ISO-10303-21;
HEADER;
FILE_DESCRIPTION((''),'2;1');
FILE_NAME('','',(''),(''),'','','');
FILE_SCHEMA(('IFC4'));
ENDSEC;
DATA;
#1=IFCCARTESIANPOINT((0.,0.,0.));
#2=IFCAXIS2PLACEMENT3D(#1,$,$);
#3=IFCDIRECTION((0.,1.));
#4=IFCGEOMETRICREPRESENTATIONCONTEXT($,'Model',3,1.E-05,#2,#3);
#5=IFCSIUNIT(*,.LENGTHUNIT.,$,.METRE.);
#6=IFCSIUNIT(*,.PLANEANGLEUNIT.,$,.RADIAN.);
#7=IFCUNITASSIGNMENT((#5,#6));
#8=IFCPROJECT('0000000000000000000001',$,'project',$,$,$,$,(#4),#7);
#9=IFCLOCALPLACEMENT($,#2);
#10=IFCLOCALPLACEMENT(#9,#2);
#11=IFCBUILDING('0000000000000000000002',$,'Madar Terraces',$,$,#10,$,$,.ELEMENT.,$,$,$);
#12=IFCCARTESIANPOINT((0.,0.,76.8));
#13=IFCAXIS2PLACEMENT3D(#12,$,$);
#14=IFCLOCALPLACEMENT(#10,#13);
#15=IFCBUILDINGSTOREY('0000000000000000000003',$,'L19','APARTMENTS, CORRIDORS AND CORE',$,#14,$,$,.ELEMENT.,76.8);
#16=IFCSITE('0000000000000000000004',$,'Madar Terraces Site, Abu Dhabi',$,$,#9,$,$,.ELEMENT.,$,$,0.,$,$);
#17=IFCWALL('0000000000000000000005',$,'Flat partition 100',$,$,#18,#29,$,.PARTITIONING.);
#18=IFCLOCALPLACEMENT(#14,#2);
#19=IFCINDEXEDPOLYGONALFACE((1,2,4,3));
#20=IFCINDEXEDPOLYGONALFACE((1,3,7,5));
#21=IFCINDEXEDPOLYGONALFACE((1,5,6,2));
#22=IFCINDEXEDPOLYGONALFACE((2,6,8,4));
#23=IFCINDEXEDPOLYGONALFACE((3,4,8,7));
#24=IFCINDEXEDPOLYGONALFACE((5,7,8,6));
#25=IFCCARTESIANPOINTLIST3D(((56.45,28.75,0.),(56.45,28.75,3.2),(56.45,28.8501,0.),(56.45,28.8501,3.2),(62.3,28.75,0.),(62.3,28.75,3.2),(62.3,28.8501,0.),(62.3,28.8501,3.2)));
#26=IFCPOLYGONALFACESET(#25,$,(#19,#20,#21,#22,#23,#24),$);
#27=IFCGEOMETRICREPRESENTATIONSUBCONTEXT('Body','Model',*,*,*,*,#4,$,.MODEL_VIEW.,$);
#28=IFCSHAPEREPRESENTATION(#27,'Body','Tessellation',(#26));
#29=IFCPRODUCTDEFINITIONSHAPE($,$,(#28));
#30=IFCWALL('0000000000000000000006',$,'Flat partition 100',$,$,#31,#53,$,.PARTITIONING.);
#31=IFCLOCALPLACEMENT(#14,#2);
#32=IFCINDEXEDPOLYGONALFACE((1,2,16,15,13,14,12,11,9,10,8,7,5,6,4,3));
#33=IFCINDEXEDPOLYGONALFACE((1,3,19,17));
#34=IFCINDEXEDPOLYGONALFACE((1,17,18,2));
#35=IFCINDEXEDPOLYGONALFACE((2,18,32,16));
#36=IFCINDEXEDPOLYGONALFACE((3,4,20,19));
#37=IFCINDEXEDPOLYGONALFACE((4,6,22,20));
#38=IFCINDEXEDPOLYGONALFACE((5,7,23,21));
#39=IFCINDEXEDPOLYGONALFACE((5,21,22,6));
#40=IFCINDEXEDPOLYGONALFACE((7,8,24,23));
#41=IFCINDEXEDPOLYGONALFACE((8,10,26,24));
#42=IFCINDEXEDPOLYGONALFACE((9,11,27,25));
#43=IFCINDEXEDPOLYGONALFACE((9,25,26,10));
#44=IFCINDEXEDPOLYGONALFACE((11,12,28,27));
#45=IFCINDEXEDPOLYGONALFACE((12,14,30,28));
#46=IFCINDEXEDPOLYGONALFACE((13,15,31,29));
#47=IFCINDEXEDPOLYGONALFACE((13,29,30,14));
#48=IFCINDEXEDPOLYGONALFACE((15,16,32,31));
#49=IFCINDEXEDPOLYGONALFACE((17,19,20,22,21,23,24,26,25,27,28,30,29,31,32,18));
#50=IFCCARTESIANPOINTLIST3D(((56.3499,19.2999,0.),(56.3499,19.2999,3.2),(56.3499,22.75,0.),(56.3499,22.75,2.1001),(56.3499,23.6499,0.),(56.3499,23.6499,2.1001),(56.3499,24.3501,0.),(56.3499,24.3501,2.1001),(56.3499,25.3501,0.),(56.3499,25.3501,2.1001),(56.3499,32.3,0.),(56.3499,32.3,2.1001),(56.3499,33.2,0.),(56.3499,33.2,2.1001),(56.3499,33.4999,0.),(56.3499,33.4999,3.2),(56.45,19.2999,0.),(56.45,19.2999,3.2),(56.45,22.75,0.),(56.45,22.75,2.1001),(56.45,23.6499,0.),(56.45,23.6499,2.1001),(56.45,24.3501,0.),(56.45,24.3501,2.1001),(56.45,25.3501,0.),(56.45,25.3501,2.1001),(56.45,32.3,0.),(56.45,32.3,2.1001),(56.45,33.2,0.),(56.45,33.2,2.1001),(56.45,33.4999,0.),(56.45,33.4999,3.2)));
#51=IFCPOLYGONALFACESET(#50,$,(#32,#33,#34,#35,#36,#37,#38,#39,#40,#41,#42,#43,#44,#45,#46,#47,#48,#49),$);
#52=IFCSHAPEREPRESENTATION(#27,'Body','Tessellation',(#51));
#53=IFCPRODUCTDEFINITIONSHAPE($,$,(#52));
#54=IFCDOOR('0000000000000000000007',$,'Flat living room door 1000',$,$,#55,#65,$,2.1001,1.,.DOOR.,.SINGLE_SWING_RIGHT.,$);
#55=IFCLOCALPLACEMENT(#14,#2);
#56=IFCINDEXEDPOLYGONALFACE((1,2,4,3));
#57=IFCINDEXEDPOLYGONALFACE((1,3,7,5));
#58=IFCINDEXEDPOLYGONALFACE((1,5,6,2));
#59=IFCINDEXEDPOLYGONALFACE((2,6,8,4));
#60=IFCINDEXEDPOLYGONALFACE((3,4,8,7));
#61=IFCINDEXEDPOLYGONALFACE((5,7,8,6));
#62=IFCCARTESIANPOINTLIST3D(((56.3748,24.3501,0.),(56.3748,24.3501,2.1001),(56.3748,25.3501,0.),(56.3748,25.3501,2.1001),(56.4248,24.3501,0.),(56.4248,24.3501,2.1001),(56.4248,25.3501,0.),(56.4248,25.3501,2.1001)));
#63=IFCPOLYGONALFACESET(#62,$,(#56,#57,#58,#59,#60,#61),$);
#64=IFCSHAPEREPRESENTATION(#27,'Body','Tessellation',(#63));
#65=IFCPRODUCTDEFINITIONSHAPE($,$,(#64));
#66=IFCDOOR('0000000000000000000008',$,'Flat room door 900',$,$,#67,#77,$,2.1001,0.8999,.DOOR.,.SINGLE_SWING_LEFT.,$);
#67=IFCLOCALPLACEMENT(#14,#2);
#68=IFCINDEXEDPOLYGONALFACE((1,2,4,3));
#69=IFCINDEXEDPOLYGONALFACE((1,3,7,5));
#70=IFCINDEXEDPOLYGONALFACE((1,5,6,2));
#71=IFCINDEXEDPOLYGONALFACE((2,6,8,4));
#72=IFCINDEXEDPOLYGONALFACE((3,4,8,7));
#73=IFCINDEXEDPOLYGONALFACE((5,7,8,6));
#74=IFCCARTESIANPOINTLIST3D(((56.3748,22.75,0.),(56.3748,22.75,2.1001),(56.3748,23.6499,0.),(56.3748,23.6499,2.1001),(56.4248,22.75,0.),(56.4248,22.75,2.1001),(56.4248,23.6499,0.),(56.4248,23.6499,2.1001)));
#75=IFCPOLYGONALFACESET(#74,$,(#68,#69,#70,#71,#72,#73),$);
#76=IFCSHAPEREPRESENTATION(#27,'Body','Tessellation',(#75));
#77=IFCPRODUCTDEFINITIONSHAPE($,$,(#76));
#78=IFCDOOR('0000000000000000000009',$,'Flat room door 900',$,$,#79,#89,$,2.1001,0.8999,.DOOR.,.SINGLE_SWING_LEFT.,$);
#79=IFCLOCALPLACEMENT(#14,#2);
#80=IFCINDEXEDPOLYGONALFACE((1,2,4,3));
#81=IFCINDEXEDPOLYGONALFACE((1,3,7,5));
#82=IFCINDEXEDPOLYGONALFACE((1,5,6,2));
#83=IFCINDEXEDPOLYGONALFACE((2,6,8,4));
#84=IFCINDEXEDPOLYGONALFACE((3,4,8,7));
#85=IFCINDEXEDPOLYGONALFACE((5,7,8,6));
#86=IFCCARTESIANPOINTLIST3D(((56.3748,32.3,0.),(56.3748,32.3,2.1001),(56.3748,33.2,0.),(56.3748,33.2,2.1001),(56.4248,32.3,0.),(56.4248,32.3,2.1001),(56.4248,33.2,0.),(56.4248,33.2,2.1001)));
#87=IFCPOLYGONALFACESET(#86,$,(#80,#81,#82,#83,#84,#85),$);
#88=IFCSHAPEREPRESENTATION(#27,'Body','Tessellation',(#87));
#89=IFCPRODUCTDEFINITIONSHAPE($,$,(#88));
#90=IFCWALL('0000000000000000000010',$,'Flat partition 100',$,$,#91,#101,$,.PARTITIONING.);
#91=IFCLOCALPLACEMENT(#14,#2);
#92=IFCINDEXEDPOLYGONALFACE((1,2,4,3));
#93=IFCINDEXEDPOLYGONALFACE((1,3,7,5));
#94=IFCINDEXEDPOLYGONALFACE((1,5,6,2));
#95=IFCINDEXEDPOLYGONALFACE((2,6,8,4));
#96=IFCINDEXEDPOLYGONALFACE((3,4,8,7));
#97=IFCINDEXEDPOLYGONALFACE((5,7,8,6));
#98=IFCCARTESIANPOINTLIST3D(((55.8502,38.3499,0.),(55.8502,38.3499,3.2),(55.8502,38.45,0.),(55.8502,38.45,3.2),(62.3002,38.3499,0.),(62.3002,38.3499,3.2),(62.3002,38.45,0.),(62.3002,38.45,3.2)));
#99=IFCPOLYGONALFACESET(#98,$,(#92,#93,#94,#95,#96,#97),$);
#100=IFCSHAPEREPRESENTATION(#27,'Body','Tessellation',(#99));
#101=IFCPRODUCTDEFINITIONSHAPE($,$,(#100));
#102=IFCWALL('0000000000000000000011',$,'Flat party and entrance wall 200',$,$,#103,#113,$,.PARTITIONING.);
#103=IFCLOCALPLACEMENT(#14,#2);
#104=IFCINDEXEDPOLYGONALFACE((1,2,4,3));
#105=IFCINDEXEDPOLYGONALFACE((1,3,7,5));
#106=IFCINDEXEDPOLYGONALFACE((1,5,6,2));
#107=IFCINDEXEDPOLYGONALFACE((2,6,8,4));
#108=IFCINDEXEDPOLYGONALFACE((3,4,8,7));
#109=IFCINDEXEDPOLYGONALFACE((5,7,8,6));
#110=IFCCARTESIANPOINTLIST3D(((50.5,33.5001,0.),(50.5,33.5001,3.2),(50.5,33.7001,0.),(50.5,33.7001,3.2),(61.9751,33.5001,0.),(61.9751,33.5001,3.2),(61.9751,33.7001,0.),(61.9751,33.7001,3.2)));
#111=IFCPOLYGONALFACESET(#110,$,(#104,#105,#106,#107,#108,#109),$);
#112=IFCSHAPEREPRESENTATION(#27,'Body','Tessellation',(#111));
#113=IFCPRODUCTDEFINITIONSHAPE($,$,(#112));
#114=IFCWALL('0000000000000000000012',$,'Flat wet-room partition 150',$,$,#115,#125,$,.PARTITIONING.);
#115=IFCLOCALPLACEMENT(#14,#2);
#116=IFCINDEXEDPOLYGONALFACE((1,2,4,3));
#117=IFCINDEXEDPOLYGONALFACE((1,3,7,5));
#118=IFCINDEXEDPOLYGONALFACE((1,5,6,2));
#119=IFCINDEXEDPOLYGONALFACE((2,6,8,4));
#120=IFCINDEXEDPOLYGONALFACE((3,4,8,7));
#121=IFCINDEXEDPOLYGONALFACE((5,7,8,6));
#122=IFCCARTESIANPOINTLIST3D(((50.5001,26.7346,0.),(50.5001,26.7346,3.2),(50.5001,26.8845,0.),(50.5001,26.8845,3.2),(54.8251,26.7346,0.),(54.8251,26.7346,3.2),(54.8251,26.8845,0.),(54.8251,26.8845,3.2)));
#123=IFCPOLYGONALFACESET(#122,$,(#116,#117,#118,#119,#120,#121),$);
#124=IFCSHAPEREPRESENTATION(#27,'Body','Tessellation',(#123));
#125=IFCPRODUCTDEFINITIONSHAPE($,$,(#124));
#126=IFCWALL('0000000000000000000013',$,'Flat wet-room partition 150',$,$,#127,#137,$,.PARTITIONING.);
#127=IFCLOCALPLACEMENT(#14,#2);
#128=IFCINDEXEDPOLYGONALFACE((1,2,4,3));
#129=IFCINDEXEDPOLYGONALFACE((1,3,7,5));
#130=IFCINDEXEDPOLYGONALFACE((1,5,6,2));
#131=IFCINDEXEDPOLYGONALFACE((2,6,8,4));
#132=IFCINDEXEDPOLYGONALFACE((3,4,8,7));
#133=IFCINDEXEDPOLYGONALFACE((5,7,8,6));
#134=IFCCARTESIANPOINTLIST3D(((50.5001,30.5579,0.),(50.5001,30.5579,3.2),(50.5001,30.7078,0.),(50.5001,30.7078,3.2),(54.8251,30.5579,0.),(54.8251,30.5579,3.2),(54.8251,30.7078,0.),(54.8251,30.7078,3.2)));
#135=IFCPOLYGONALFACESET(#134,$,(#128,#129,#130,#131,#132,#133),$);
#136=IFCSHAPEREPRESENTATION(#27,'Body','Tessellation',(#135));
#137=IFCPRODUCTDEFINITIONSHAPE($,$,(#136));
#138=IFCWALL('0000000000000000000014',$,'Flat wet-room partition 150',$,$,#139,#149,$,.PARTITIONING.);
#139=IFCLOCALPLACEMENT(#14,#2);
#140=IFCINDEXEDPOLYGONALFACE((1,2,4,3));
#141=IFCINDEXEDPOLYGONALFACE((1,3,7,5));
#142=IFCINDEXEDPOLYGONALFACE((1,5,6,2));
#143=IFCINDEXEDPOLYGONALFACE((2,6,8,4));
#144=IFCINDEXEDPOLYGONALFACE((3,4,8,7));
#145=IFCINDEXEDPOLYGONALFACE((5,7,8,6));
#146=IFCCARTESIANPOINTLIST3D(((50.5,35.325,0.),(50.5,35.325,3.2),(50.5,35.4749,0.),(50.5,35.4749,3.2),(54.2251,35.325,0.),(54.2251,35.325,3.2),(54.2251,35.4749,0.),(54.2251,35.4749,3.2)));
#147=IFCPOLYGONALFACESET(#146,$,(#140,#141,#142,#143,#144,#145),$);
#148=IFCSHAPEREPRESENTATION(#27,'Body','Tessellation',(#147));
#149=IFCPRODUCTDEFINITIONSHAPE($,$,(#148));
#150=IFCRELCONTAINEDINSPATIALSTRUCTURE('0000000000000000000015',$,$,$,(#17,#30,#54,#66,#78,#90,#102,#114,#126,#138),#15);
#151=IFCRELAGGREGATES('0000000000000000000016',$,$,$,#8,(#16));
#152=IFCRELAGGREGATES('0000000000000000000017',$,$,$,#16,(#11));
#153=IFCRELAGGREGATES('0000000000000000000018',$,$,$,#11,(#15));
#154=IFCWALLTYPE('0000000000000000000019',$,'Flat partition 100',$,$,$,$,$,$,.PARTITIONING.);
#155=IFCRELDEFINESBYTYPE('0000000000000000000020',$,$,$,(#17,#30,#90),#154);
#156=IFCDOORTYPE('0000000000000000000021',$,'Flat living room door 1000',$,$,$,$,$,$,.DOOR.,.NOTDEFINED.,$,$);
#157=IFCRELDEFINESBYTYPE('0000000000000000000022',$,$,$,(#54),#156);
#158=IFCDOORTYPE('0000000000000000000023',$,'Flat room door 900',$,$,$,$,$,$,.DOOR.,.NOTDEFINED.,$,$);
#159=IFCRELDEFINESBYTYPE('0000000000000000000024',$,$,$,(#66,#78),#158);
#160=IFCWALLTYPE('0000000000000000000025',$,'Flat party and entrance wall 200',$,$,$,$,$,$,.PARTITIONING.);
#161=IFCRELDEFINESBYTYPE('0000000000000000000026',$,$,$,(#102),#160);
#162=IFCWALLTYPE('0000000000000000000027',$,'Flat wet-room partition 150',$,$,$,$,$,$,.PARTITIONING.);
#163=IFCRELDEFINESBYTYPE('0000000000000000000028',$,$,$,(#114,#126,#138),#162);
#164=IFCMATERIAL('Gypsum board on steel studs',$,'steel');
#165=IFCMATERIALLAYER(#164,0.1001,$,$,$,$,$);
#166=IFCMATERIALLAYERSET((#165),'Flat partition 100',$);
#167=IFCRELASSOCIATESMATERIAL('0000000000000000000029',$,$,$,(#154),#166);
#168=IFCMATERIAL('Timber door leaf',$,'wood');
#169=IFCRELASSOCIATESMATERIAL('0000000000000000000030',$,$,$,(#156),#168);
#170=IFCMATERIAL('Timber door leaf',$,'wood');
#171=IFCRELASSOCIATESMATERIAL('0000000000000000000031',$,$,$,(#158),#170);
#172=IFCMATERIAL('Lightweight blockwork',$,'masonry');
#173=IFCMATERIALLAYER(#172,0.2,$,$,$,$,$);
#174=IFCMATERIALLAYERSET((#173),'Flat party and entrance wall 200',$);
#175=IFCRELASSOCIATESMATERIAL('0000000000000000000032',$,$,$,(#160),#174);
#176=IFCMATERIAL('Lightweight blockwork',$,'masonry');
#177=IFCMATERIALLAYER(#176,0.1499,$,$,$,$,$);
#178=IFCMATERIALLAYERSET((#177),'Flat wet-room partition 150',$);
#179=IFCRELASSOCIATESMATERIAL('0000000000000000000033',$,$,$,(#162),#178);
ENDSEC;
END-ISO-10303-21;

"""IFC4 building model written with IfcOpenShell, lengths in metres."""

from ifc_helpers import new_model, si_unit, direction, frame, frame_2d, origin, place, context, subcontext, project, spatial, rectangle, extrude, material, layer, layer_set, type_object, element, fill, save


model = new_model("IFC4")

# Units and contexts
model_context = context("Model", 3, precision=1e-05, world=origin(), true_north=direction((0.0, 1.0)))
body_context = subcontext(model_context, "Body", "Model", "MODEL_VIEW")
ifc_project = project(units=[si_unit("LENGTHUNIT", "METRE"), si_unit("PLANEANGLEUNIT", "RADIAN")], contexts=[model_context])

# Site, building, storey
site_placement = place(None, origin())
site = spatial("IfcSite", under=ifc_project, at=site_placement, Name="Madar Terraces Site, Abu Dhabi", CompositionType="ELEMENT", RefElevation=0.0)
building_placement = place(site_placement, origin())
building = spatial("IfcBuilding", under=site, at=building_placement, Name="Madar Terraces", CompositionType="ELEMENT")
storey_placement = place(building_placement, frame((0.0, 0.0, 76.8)))
storey = spatial("IfcBuildingStorey", under=building, at=storey_placement, Name="L19", Description="APARTMENTS, CORRIDORS AND CORE", CompositionType="ELEMENT", Elevation=76.8)

# Wall
ifc_material_1 = material(Name="Gypsum board on steel studs", Category="steel")
ifc_layer_1 = layer(ifc_material_1, 0.1001)
ifc_layer_set_1 = layer_set([ifc_layer_1], Name="Flat partition 100")
wall_type_1 = type_object("IfcWallType", Name="Flat partition 100", PredefinedType="PARTITIONING", material=ifc_layer_set_1)
wall_1_placement = place(storey_placement, frame((56.45, 28.8, 0.0), z_axis=(0.0, 0.0, 1.0), x_axis=(1.0, 0.0, 0.0)))
element("IfcWall", 1, at=wall_1_placement, inside=storey, type_object=wall_type_1, Name="Flat partition 100", PredefinedType="PARTITIONING", context=body_context, shape_type="SweptSolid", body=[
    extrude(rectangle(XDim=5.8501, YDim=0.1001, at=frame_2d((2.925, 0.0))), origin(), (0.0, 0.0, 1.0), 3.2),
])

# Wall, openings, doors
wall_2_placement = place(storey_placement, frame((56.3999, 33.5, 0.0), z_axis=(0.0, 0.0, 1.0), x_axis=(0.0, -1.0, 0.0)))
wall_2 = element("IfcWall", 2, at=wall_2_placement, inside=storey, type_object=wall_type_1, Name="Flat partition 100", PredefinedType="PARTITIONING", context=body_context, shape_type="SweptSolid", body=[
    extrude(rectangle(XDim=14.2, YDim=0.1001, at=frame_2d((7.1001, 0.0))), origin(), (0.0, 0.0, 1.0), 3.2),
])
opening_1_placement = place(wall_2_placement, frame((9.8501, 0.0, 0.0)))
opening_1 = element("IfcOpeningElement", 3, at=opening_1_placement, cuts=wall_2, PredefinedType="OPENING", context=body_context, shape_type="SweptSolid", body=[
    extrude(rectangle(XDim=0.8999, YDim=2.1001, at=frame_2d((0.45, 1.05))), frame((0.0, 0.0601, 0.0), z_axis=(0.0, -1.0, 0.0), x_axis=(1.0, 0.0, 0.0)), (0.0, 0.0, 1.0), 0.1201),
])
opening_2_placement = place(wall_2_placement, frame((8.1499, 0.0, 0.0)))
opening_2 = element("IfcOpeningElement", 4, at=opening_2_placement, cuts=wall_2, PredefinedType="OPENING", context=body_context, shape_type="SweptSolid", body=[
    extrude(rectangle(XDim=1.0, YDim=2.1001, at=frame_2d((0.5, 1.05))), frame((0.0, 0.0601, 0.0), z_axis=(0.0, -1.0, 0.0), x_axis=(1.0, 0.0, 0.0)), (0.0, 0.0, 1.0), 0.1201),
])
opening_3_placement = place(wall_2_placement, frame((0.3, 0.0, 0.0)))
opening_3 = element("IfcOpeningElement", 5, at=opening_3_placement, cuts=wall_2, PredefinedType="OPENING", context=body_context, shape_type="SweptSolid", body=[
    extrude(rectangle(XDim=0.8999, YDim=2.1001, at=frame_2d((0.45, 1.05))), frame((0.0, 0.0601, 0.0), z_axis=(0.0, -1.0, 0.0), x_axis=(1.0, 0.0, 0.0)), (0.0, 0.0, 1.0), 0.1201),
])
ifc_material_2 = material(Name="Timber door leaf", Category="wood")
door_type_1 = type_object("IfcDoorType", Name="Flat living room door 1000", OperationType="NOTDEFINED", PredefinedType="DOOR", material=ifc_material_2)
door_1_placement = place(opening_2_placement, origin())
door_1 = element("IfcDoor", 6, at=door_1_placement, inside=storey, type_object=door_type_1, Name="Flat living room door 1000", OperationType="SINGLE_SWING_RIGHT", OverallHeight=2.1001, OverallWidth=1.0, PredefinedType="DOOR", context=body_context, shape_type="SweptSolid", body=[
    extrude(rectangle(XDim=1.0, YDim=2.1001, at=frame_2d((0.5, 1.05))), frame((0.0, 0.0249, 0.0), z_axis=(0.0, -1.0, 0.0), x_axis=(1.0, 0.0, 0.0)), (0.0, 0.0, 1.0), 0.05),
])
fill(opening_2, door_1)
ifc_material_3 = material(Name="Timber door leaf", Category="wood")
door_type_2 = type_object("IfcDoorType", Name="Flat room door 900", OperationType="NOTDEFINED", PredefinedType="DOOR", material=ifc_material_3)
door_2_placement = place(opening_1_placement, origin())
door_2 = element("IfcDoor", 7, at=door_2_placement, inside=storey, type_object=door_type_2, Name="Flat room door 900", OperationType="SINGLE_SWING_LEFT", OverallHeight=2.1001, OverallWidth=0.8999, PredefinedType="DOOR", context=body_context, shape_type="SweptSolid", body=[
    extrude(rectangle(XDim=0.8999, YDim=2.1001, at=frame_2d((0.45, 1.05))), frame((0.0, 0.0249, 0.0), z_axis=(0.0, -1.0, 0.0), x_axis=(1.0, 0.0, 0.0)), (0.0, 0.0, 1.0), 0.05),
])
fill(opening_1, door_2)
door_3_placement = place(opening_3_placement, origin())
door_3 = element("IfcDoor", 8, at=door_3_placement, inside=storey, type_object=door_type_2, Name="Flat room door 900", OperationType="SINGLE_SWING_LEFT", OverallHeight=2.1001, OverallWidth=0.8999, PredefinedType="DOOR", context=body_context, shape_type="SweptSolid", body=[
    extrude(rectangle(XDim=0.8999, YDim=2.1001, at=frame_2d((0.45, 1.05))), frame((0.0, 0.0249, 0.0), z_axis=(0.0, -1.0, 0.0), x_axis=(1.0, 0.0, 0.0)), (0.0, 0.0, 1.0), 0.05),
])
fill(opening_3, door_3)

# Walls
wall_3_placement = place(storey_placement, frame((55.8501, 38.3999, 0.0), z_axis=(0.0, 0.0, 1.0), x_axis=(1.0, 0.0, 0.0)))
element("IfcWall", 9, at=wall_3_placement, inside=storey, type_object=wall_type_1, Name="Flat partition 100", PredefinedType="PARTITIONING", context=body_context, shape_type="SweptSolid", body=[
    extrude(rectangle(XDim=6.45, YDim=0.1001, at=frame_2d((3.2251, 0.0))), origin(), (0.0, 0.0, 1.0), 3.2),
])
ifc_material_4 = material(Name="Lightweight blockwork", Category="masonry")
ifc_layer_2 = layer(ifc_material_4, 0.2)
ifc_layer_set_2 = layer_set([ifc_layer_2], Name="Flat party and entrance wall 200")
wall_type_2 = type_object("IfcWallType", Name="Flat party and entrance wall 200", PredefinedType="PARTITIONING", material=ifc_layer_set_2)
wall_4_placement = place(storey_placement, frame((50.5, 33.6001, 0.0), z_axis=(0.0, 0.0, 1.0), x_axis=(1.0, 0.0, 0.0)))
element("IfcWall", 10, at=wall_4_placement, inside=storey, type_object=wall_type_2, Name="Flat party and entrance wall 200", PredefinedType="PARTITIONING", context=body_context, shape_type="SweptSolid", body=[
    extrude(rectangle(XDim=11.4751, YDim=0.2, at=frame_2d((5.7375, 0.0))), origin(), (0.0, 0.0, 1.0), 3.2),
])
ifc_material_5 = material(Name="Lightweight blockwork", Category="masonry")
ifc_layer_3 = layer(ifc_material_5, 0.1499)
ifc_layer_set_3 = layer_set([ifc_layer_3], Name="Flat wet-room partition 150")
wall_type_3 = type_object("IfcWallType", Name="Flat wet-room partition 150", PredefinedType="PARTITIONING", material=ifc_layer_set_3)
for number, where, z_axis, x_axis, name in (
    (11, (50.5, 26.8096, 0.0), (0.0, 0.0, 1.0), (1.0, 0.0, 0.0), "Flat wet-room partition 150"),
    (12, (50.5, 30.6328, 0.0), (0.0, 0.0, 1.0), (1.0, 0.0, 0.0), "Flat wet-room partition 150"),
):
    element("IfcWall", number, at=place(storey_placement, frame(where, z_axis=z_axis, x_axis=x_axis)), inside=storey, type_object=wall_type_3, Name=name, PredefinedType="PARTITIONING", context=body_context, shape_type="SweptSolid", body=[
        extrude(rectangle(XDim=4.325, YDim=0.1499, at=frame_2d((2.1626, 0.0))), origin(), (0.0, 0.0, 1.0), 3.2),
    ])
wall_5_placement = place(storey_placement, frame((50.5, 35.3999, 0.0), z_axis=(0.0, 0.0, 1.0), x_axis=(1.0, 0.0, 0.0)))
element("IfcWall", 13, at=wall_5_placement, inside=storey, type_object=wall_type_3, Name="Flat wet-room partition 150", PredefinedType="PARTITIONING", context=body_context, shape_type="SweptSolid", body=[
    extrude(rectangle(XDim=3.7251, YDim=0.1499, at=frame_2d((1.8625, 0.0))), origin(), (0.0, 0.0, 1.0), 3.2),
])

save(model, "model.ifc")
